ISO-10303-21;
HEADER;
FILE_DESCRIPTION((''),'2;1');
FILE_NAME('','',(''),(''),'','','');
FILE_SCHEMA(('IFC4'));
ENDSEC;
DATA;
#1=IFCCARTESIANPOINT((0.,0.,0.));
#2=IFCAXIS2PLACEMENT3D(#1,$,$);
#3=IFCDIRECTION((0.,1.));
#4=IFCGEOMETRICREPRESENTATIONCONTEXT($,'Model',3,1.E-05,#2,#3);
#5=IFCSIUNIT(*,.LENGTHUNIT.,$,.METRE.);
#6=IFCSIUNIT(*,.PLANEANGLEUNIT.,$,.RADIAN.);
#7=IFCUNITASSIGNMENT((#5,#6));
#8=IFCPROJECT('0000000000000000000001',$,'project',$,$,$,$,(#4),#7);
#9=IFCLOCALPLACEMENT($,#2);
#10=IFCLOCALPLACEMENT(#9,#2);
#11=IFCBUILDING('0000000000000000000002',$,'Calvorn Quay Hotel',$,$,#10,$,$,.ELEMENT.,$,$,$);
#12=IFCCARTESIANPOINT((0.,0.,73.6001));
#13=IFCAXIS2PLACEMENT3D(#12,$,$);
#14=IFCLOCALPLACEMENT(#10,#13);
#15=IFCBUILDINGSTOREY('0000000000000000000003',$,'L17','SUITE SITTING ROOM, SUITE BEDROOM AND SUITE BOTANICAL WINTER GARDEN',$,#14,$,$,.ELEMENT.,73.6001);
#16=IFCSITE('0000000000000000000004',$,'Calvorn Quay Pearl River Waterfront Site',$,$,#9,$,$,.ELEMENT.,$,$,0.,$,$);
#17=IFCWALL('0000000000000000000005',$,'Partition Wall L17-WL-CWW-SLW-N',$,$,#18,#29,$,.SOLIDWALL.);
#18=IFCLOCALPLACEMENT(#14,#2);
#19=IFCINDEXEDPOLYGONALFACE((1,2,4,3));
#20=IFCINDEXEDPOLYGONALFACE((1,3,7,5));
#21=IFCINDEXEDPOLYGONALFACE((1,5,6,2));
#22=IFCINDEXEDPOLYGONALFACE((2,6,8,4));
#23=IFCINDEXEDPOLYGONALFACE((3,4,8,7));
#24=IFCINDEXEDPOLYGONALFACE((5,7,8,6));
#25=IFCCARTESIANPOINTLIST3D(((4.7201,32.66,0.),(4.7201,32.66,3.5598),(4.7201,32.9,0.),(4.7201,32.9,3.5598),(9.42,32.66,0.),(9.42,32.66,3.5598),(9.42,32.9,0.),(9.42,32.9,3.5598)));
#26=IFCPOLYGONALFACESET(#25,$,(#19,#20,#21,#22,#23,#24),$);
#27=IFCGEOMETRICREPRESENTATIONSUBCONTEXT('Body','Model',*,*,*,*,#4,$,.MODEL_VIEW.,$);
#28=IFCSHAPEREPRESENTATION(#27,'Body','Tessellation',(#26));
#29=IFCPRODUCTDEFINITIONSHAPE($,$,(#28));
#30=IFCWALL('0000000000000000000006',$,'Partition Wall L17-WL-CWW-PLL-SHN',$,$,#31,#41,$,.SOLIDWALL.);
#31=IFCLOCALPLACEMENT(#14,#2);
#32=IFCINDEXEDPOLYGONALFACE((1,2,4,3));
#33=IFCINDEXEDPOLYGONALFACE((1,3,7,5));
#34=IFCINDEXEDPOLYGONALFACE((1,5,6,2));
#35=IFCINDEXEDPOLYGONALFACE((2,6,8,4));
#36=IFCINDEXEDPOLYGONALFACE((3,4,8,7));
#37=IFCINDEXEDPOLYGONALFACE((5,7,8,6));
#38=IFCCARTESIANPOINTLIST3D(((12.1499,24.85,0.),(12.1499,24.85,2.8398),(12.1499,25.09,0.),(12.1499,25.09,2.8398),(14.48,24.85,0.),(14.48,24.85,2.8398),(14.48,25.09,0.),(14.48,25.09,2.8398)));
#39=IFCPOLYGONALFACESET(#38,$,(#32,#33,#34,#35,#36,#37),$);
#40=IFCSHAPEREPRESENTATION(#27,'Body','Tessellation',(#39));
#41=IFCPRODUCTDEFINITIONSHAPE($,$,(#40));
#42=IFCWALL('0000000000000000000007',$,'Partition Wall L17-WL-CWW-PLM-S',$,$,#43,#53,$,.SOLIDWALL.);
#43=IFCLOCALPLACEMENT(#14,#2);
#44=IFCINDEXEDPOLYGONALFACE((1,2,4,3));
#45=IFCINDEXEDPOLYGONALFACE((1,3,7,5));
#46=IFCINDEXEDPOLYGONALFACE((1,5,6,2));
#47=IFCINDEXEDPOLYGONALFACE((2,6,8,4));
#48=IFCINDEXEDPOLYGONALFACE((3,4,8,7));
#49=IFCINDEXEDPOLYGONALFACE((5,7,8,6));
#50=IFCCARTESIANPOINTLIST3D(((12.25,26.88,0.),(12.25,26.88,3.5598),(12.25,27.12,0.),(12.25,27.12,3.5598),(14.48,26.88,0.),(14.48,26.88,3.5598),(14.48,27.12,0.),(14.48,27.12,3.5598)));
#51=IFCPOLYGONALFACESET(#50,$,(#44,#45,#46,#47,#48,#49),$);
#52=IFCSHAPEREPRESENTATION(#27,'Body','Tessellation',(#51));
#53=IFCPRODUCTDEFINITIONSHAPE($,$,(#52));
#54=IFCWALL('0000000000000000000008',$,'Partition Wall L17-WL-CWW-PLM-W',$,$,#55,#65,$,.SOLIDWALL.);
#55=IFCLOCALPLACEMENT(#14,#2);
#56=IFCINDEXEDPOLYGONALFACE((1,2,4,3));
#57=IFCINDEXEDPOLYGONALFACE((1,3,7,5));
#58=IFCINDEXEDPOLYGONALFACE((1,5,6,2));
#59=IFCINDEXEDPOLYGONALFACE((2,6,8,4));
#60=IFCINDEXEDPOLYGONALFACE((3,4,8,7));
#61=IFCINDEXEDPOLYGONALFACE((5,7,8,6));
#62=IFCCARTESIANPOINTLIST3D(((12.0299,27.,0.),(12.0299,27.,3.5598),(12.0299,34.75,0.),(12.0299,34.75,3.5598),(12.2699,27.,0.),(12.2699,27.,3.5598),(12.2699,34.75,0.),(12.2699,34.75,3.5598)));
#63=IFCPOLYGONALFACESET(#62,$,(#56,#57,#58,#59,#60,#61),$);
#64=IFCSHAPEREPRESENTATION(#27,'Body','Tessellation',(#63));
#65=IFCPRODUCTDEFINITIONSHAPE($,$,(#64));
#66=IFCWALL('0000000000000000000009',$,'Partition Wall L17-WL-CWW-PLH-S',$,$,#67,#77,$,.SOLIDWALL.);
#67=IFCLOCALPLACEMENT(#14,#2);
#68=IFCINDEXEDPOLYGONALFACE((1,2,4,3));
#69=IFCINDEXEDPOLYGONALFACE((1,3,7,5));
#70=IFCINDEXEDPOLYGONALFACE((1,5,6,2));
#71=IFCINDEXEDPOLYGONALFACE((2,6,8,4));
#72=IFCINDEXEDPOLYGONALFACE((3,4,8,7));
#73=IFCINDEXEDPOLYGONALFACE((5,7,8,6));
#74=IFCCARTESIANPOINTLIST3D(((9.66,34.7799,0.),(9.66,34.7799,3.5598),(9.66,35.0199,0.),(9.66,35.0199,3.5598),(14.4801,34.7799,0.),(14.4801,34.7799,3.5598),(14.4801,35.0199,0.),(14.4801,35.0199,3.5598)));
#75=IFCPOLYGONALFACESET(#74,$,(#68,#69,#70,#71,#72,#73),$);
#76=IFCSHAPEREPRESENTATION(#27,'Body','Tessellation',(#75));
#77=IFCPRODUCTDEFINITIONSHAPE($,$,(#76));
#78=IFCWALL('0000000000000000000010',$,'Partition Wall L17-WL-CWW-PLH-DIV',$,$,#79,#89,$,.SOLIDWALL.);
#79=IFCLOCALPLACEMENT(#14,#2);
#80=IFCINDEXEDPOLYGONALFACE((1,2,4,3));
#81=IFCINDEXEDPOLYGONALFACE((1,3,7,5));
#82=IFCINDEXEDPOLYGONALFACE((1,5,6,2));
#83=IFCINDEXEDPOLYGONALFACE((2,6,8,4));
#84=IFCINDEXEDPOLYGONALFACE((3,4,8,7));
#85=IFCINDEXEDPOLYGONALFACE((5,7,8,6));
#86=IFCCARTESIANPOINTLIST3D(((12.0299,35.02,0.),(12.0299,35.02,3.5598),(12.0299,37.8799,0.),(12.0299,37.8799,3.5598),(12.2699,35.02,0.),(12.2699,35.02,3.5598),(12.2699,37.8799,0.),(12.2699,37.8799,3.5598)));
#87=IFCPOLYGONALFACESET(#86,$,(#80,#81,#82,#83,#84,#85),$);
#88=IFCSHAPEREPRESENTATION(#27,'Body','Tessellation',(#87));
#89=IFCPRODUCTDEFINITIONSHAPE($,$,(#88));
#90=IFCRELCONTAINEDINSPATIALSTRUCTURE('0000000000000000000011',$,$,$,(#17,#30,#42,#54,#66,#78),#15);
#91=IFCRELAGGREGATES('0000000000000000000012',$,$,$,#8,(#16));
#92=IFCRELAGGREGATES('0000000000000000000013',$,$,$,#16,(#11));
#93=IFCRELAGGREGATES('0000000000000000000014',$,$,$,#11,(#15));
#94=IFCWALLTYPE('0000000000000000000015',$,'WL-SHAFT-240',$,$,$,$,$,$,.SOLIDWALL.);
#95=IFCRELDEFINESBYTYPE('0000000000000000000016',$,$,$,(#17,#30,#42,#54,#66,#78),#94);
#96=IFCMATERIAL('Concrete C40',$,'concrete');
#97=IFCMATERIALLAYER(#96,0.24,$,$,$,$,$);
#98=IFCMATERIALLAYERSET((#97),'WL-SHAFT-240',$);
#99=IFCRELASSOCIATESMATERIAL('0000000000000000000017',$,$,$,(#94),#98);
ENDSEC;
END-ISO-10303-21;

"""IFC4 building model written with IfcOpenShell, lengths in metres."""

from ifc_helpers import new_model, si_unit, direction, frame, frame_2d, origin, place, context, subcontext, project, spatial, rectangle, extrude, material, layer, layer_set, type_object, element, save


model = new_model("IFC4")

# Units and contexts
model_context = context("Model", 3, precision=1e-05, world=origin(), true_north=direction((0.0, 1.0)))
body_context = subcontext(model_context, "Body", "Model", "MODEL_VIEW")
ifc_project = project(units=[si_unit("LENGTHUNIT", "METRE"), si_unit("PLANEANGLEUNIT", "RADIAN")], contexts=[model_context])

# Site, building, storey
site_placement = place(None, origin())
site = spatial("IfcSite", under=ifc_project, at=site_placement, Name="Calvorn Quay Pearl River Waterfront Site", CompositionType="ELEMENT", RefElevation=0.0)
building_placement = place(site_placement, origin())
building = spatial("IfcBuilding", under=site, at=building_placement, Name="Calvorn Quay Hotel", CompositionType="ELEMENT")
storey_placement = place(building_placement, frame((0.0, 0.0, 73.6001)))
storey = spatial("IfcBuildingStorey", under=building, at=storey_placement, Name="L17", Description="SUITE SITTING ROOM, SUITE BEDROOM AND SUITE BOTANICAL WINTER GARDEN", CompositionType="ELEMENT", Elevation=73.6001)

# Shared definitions
ifc_material_1 = material(Name="Concrete C40", Category="concrete")
ifc_layer_1 = layer(ifc_material_1, 0.24)
ifc_layer_set_1 = layer_set([ifc_layer_1], Name="WL-SHAFT-240")
wall_type_1 = type_object("IfcWallType", Name="WL-SHAFT-240", PredefinedType="SOLIDWALL", material=ifc_layer_set_1)

# Wall
wall_1_placement = place(storey_placement, frame((4.72, 32.78, 0.0), z_axis=(0.0, 0.0, 1.0), x_axis=(1.0, 0.0, 0.0)))
element("IfcWall", 1, at=wall_1_placement, inside=storey, type_object=wall_type_1, Name="Partition Wall L17-WL-CWW-SLW-N", PredefinedType="SOLIDWALL", context=body_context, shape_type="SweptSolid", body=[
    extrude(rectangle(XDim=4.7, YDim=0.24, at=frame_2d((2.3501, 0.0))), origin(), (0.0, 0.0, 1.0), 3.5598),
])

# Walls
wall_2_placement = place(storey_placement, frame((12.1499, 24.97, 0.0), z_axis=(0.0, 0.0, 1.0), x_axis=(1.0, 0.0, 0.0)))
element("IfcWall", 2, at=wall_2_placement, inside=storey, type_object=wall_type_1, Name="Partition Wall L17-WL-CWW-PLL-SHN", PredefinedType="SOLIDWALL", context=body_context, shape_type="SweptSolid", body=[
    extrude(rectangle(XDim=2.3301, YDim=0.24, at=frame_2d((1.165, 0.0))), origin(), (0.0, 0.0, 1.0), 2.8398),
])
wall_3_placement = place(storey_placement, frame((12.25, 27.0, 0.0), z_axis=(0.0, 0.0, 1.0), x_axis=(1.0, 0.0, 0.0)))
element("IfcWall", 3, at=wall_3_placement, inside=storey, type_object=wall_type_1, Name="Partition Wall L17-WL-CWW-PLM-S", PredefinedType="SOLIDWALL", context=body_context, shape_type="SweptSolid", body=[
    extrude(rectangle(XDim=2.23, YDim=0.24, at=frame_2d((1.115, 0.0))), origin(), (0.0, 0.0, 1.0), 3.5598),
])
wall_4_placement = place(storey_placement, frame((12.1499, 27.0, 0.0), z_axis=(0.0, 0.0, 1.0), x_axis=(0.0, 1.0, 0.0)))
element("IfcWall", 4, at=wall_4_placement, inside=storey, type_object=wall_type_1, Name="Partition Wall L17-WL-CWW-PLM-W", PredefinedType="SOLIDWALL", context=body_context, shape_type="SweptSolid", body=[
    extrude(rectangle(XDim=7.75, YDim=0.24, at=frame_2d((3.875, 0.0))), origin(), (0.0, 0.0, 1.0), 3.5598),
])
wall_5_placement = place(storey_placement, frame((9.6599, 34.8999, 0.0), z_axis=(0.0, 0.0, 1.0), x_axis=(1.0, 0.0, 0.0)))
element("IfcWall", 5, at=wall_5_placement, inside=storey, type_object=wall_type_1, Name="Partition Wall L17-WL-CWW-PLH-S", PredefinedType="SOLIDWALL", context=body_context, shape_type="SweptSolid", body=[
    extrude(rectangle(XDim=4.8201, YDim=0.24, at=frame_2d((2.4102, 0.0))), origin(), (0.0, 0.0, 1.0), 3.5598),
])
wall_6_placement = place(storey_placement, frame((12.1499, 35.02, 0.0), z_axis=(0.0, 0.0, 1.0), x_axis=(0.0, 1.0, 0.0)))
element("IfcWall", 6, at=wall_6_placement, inside=storey, type_object=wall_type_1, Name="Partition Wall L17-WL-CWW-PLH-DIV", PredefinedType="SOLIDWALL", context=body_context, shape_type="SweptSolid", body=[
    extrude(rectangle(XDim=2.8599, YDim=0.24, at=frame_2d((1.4299, 0.0))), origin(), (0.0, 0.0, 1.0), 3.5598),
])

save(model, "model.ifc")
